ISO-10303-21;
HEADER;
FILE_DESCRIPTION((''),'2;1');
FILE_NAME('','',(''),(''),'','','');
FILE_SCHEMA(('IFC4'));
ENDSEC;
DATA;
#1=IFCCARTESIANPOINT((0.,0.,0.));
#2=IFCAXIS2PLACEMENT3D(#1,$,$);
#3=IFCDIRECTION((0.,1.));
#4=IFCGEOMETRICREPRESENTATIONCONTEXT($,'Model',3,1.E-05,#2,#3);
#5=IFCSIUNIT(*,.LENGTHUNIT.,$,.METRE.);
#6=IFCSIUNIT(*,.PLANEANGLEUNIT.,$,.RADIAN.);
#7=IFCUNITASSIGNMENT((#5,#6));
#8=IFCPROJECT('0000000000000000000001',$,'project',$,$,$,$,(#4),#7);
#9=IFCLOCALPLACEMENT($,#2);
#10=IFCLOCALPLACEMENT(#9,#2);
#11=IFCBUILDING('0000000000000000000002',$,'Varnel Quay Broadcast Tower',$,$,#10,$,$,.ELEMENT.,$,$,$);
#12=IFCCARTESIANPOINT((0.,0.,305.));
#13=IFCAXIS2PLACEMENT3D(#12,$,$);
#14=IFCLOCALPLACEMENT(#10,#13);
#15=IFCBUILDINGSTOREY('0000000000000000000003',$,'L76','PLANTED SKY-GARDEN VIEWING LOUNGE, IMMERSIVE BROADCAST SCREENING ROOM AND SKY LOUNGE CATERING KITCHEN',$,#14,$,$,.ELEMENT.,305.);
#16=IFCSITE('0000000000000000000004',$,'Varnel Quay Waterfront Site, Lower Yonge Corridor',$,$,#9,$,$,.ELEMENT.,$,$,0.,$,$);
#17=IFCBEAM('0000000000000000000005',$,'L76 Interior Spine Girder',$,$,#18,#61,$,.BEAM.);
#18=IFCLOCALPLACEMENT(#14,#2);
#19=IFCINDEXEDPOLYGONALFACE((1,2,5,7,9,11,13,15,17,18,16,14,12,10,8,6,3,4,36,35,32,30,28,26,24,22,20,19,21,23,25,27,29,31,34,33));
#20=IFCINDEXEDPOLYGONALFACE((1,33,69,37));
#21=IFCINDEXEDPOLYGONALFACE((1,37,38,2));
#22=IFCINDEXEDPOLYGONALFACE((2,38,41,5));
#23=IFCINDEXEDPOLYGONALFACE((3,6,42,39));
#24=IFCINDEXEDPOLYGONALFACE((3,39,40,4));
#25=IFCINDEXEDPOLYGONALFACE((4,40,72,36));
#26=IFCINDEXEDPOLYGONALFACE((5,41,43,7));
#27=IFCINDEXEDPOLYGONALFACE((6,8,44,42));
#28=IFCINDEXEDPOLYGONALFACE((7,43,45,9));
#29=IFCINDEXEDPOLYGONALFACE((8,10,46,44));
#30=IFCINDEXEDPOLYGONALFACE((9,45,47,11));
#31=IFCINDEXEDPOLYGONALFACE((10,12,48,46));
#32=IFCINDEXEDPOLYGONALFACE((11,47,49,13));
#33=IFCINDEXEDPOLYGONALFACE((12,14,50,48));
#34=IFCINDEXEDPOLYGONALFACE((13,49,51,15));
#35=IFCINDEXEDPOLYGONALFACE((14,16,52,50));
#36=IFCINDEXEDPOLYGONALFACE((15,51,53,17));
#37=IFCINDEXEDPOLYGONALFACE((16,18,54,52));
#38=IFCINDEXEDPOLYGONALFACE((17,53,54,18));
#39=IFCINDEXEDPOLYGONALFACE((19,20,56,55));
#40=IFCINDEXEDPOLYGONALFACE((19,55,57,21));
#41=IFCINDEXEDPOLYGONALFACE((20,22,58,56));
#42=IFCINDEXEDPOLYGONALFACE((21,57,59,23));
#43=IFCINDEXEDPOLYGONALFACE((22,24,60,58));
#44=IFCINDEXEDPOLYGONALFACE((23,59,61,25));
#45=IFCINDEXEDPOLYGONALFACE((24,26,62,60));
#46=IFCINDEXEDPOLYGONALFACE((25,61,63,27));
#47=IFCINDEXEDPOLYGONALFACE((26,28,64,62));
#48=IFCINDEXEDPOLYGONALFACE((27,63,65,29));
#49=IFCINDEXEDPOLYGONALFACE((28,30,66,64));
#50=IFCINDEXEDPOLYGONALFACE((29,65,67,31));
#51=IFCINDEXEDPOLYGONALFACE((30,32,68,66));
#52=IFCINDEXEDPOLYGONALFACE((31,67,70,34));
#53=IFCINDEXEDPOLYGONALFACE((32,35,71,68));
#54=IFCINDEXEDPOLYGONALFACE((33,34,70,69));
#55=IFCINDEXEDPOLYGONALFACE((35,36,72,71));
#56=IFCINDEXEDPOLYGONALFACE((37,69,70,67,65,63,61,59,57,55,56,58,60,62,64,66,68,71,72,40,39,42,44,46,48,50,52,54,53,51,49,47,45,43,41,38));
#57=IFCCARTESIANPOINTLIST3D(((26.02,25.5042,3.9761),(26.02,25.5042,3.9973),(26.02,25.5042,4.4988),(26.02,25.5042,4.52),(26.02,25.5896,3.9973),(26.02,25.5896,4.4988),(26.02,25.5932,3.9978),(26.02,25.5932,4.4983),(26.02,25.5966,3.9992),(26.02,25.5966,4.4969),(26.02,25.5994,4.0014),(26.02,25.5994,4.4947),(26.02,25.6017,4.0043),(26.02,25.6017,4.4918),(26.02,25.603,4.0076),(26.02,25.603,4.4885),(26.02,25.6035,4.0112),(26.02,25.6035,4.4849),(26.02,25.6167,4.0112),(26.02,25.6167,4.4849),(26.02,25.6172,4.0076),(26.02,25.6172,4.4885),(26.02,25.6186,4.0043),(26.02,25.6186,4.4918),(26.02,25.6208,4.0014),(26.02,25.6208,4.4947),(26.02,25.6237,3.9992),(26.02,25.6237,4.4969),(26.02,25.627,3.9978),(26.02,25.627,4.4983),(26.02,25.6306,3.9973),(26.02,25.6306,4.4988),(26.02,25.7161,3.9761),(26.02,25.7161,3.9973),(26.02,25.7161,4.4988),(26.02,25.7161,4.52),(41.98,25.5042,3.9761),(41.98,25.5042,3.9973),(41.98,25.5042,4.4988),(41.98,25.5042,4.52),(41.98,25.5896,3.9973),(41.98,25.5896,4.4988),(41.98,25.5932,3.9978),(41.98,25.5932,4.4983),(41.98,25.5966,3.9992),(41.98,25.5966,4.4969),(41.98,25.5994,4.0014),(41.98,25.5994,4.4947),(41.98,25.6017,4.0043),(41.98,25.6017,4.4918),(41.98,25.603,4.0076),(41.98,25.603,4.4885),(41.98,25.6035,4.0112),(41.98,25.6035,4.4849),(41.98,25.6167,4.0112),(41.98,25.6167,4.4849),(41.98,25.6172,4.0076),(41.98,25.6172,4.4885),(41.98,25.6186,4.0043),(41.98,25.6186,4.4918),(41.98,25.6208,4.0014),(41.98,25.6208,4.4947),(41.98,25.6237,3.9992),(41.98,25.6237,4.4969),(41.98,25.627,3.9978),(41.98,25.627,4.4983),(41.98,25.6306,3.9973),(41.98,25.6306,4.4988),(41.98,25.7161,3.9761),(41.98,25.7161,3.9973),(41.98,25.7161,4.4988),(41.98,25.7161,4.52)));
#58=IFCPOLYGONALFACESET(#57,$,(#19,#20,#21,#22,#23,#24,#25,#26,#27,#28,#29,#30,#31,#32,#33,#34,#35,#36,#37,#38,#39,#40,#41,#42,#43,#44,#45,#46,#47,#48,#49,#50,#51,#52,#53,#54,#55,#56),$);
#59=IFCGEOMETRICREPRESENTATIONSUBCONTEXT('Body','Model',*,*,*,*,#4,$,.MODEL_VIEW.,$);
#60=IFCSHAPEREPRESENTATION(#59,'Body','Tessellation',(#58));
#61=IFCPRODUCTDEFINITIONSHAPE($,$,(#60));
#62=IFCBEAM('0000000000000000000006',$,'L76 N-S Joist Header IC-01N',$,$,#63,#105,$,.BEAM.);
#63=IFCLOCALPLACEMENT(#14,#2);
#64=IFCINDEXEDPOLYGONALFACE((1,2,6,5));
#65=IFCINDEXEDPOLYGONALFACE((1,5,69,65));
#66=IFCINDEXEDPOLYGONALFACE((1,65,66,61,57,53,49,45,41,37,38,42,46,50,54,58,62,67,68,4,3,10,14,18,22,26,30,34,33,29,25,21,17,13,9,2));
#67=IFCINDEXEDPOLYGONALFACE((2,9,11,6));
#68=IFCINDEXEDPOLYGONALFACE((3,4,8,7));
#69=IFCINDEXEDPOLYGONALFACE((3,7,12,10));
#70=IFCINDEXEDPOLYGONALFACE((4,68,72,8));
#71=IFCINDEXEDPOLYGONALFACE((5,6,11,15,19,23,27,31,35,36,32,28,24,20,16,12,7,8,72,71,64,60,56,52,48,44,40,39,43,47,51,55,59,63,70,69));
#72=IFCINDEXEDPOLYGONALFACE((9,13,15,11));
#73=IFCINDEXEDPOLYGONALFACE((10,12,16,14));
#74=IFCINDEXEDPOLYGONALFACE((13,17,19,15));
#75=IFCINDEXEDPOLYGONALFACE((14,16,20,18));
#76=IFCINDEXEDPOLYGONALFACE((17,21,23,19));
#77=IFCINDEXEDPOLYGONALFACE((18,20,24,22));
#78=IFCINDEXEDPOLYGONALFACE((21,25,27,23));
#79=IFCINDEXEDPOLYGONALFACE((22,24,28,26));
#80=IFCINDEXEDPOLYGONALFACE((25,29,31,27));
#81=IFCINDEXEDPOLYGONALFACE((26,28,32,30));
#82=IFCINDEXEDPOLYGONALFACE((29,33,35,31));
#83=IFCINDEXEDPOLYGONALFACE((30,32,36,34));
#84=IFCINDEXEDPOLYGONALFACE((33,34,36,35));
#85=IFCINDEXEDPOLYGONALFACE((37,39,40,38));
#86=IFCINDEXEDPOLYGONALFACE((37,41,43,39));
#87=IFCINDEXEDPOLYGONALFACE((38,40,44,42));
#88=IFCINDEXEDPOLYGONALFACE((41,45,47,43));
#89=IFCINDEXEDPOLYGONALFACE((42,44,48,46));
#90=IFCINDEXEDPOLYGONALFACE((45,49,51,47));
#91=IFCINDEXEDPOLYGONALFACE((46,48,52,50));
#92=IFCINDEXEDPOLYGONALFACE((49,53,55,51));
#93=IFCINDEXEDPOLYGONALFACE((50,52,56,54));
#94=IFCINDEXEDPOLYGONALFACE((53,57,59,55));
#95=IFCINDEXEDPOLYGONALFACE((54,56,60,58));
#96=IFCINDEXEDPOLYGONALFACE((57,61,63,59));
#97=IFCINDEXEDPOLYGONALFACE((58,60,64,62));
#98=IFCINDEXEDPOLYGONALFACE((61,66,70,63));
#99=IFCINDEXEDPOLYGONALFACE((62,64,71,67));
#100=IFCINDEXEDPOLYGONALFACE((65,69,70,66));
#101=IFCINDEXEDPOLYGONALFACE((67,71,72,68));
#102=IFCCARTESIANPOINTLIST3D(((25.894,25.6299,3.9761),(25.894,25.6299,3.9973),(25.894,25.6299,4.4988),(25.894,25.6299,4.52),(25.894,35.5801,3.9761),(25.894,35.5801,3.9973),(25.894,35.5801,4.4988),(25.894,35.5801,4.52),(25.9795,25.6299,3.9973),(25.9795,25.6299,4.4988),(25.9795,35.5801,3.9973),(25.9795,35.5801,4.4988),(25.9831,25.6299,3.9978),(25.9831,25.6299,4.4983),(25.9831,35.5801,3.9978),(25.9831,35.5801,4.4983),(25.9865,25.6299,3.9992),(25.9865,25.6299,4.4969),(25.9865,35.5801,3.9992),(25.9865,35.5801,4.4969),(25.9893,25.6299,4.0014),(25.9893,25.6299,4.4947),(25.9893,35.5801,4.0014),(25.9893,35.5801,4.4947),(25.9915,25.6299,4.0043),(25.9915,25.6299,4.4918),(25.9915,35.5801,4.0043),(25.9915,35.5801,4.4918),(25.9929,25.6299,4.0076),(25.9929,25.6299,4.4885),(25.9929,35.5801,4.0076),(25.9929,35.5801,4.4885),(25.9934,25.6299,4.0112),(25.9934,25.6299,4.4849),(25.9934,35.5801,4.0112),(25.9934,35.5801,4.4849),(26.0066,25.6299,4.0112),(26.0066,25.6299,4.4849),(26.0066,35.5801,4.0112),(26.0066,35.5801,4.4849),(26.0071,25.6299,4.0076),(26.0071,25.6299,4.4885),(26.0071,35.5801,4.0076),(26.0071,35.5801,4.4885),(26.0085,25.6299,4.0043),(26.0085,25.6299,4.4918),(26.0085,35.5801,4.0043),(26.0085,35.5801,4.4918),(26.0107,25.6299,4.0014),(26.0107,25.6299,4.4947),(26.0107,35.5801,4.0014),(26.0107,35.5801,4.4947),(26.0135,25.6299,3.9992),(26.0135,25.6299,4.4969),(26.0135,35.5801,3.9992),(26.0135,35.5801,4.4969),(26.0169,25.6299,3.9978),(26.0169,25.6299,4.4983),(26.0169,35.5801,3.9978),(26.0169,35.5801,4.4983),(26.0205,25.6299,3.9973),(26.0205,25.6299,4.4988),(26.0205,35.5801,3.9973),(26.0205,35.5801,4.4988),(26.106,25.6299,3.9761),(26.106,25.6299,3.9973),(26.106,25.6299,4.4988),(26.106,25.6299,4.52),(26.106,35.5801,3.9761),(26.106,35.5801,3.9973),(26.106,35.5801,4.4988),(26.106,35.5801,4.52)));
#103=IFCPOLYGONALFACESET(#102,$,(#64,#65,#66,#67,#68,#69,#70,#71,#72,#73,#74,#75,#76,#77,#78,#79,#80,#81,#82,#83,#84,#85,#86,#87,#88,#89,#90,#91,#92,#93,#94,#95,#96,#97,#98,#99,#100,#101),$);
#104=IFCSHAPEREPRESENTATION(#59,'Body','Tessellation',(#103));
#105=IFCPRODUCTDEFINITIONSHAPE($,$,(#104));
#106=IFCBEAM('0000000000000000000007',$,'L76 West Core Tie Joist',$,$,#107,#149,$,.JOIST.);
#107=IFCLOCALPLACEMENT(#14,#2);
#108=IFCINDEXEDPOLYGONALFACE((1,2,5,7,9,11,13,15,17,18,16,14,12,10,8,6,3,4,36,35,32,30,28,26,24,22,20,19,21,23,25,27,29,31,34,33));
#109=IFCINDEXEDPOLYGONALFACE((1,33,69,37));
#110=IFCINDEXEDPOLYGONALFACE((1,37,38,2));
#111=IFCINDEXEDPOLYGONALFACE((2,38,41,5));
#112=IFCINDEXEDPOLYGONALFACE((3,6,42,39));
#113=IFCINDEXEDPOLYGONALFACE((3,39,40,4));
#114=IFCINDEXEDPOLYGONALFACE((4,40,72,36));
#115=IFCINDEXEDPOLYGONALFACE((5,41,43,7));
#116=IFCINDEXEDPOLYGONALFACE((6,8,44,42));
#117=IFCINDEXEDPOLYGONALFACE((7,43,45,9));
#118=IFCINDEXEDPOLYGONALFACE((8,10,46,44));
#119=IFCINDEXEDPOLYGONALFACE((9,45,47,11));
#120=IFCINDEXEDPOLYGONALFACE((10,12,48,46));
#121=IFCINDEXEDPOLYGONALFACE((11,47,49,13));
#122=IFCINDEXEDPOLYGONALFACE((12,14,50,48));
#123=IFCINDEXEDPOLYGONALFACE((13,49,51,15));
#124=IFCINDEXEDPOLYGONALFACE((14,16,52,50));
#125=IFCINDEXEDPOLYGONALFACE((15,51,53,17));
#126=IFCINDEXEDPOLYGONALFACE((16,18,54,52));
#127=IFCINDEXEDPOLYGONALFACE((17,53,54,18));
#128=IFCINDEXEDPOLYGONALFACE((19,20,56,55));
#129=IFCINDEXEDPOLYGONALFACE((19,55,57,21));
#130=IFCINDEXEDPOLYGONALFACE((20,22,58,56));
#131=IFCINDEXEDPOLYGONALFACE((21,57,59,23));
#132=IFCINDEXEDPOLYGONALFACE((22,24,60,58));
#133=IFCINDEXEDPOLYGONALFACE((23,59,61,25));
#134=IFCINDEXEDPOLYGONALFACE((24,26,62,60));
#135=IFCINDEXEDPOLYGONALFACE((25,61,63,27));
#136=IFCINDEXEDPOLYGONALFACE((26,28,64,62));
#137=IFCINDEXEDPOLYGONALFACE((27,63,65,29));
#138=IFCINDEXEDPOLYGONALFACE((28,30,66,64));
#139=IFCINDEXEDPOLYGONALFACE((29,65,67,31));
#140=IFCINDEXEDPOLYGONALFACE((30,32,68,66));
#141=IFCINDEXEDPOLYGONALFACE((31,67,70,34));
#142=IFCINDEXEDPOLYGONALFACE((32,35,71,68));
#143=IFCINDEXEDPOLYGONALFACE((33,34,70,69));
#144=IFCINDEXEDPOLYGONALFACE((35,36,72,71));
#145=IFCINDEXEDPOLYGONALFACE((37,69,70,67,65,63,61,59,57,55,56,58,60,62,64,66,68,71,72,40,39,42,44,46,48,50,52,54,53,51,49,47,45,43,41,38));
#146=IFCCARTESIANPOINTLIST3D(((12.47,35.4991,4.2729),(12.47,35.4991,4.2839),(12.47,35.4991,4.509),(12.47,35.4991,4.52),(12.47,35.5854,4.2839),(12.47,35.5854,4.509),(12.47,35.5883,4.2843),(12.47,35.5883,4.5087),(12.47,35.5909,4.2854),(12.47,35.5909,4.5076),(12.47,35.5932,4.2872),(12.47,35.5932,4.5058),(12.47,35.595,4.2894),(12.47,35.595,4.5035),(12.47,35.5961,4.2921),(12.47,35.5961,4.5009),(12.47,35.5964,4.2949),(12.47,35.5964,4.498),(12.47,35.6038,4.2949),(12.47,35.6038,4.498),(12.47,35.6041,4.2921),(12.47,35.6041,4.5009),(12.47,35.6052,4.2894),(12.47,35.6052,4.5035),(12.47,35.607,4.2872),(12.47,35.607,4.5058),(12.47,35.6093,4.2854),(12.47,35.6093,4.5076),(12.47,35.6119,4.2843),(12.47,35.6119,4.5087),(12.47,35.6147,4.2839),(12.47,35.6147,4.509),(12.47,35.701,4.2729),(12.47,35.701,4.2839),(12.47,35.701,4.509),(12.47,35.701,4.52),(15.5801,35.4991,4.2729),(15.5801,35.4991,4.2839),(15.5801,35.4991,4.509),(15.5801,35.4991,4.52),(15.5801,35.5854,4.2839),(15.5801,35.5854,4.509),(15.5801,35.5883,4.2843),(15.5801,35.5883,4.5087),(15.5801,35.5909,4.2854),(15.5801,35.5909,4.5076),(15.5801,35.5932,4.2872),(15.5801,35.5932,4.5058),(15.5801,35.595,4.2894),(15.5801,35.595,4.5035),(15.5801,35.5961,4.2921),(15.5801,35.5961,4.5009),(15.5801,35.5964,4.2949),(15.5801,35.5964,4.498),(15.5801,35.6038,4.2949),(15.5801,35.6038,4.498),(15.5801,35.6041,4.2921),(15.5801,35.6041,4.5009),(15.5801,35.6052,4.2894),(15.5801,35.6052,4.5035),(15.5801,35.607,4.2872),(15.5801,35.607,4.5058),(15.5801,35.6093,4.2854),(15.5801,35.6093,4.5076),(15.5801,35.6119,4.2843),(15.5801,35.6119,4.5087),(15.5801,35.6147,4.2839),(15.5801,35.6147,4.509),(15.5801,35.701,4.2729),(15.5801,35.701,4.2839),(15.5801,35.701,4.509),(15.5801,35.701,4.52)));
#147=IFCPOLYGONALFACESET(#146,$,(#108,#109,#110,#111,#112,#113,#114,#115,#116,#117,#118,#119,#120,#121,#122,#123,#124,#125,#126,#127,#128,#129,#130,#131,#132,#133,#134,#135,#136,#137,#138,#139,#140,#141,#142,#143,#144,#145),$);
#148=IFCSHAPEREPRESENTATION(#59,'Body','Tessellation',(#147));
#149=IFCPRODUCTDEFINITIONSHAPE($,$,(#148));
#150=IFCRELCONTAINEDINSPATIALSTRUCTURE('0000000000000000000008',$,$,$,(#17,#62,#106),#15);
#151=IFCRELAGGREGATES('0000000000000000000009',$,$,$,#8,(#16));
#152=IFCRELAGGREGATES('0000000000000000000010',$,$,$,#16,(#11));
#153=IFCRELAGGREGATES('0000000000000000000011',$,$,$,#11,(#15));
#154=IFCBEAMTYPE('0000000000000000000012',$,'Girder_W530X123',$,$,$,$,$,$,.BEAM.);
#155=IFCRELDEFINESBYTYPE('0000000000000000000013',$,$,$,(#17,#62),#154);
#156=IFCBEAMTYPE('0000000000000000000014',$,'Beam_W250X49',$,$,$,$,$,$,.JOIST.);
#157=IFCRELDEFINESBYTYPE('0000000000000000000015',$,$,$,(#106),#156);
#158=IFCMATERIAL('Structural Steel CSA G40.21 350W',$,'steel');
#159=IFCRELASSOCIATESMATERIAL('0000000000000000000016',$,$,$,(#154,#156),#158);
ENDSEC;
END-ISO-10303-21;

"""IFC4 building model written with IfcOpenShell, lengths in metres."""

from ifc_helpers import new_model, si_unit, direction, frame, origin, origin_2d, place, context, subcontext, project, spatial, i_section, extrude, source, transform, mapped, material, material_profile, profile_set, type_object, type_shapes, element, save


model = new_model("IFC4")

# Units and contexts
model_context = context("Model", 3, precision=1e-05, world=origin(), true_north=direction((0.0, 1.0)))
body_context = subcontext(model_context, "Body", "Model", "MODEL_VIEW")
ifc_project = project(units=[si_unit("LENGTHUNIT", "METRE"), si_unit("PLANEANGLEUNIT", "RADIAN")], contexts=[model_context])

# Site, building, storey
site_placement = place(None, origin())
site = spatial("IfcSite", under=ifc_project, at=site_placement, Name="Varnel Quay Waterfront Site, Lower Yonge Corridor", CompositionType="ELEMENT", RefElevation=0.0)
building_placement = place(site_placement, origin())
building = spatial("IfcBuilding", under=site, at=building_placement, Name="Varnel Quay Broadcast Tower", CompositionType="ELEMENT")
storey_placement = place(building_placement, frame((0.0, 0.0, 305.0)))
storey = spatial("IfcBuildingStorey", under=building, at=storey_placement, Name="L76", Description="PLANTED SKY-GARDEN VIEWING LOUNGE, IMMERSIVE BROADCAST SCREENING ROOM AND SKY LOUNGE CATERING KITCHEN", CompositionType="ELEMENT", Elevation=305.0)

# Shared definitions
ifc_material_1 = material(Name="Structural Steel CSA G40.21 350W", Category="steel")

# Beams
ifc_material_profile_1 = material_profile(ifc_material_1, i_section(OverallWidth=0.2119, OverallDepth=0.5439, WebThickness=0.0132, FlangeThickness=0.0212, FilletRadius=0.0139, at=origin_2d()), Name="W530X123")
ifc_profile_set_1 = profile_set([ifc_material_profile_1], Name="Structural Steel CSA G40.21 350W")
beam_type_1 = type_object("IfcBeamType", Name="Girder_W530X123", PredefinedType="BEAM", material=ifc_profile_set_1)
shared_shape_1 = source(origin(), body_context, "Body", "SweptSolid", [
    extrude(i_section(OverallWidth=0.2119, OverallDepth=0.5439, WebThickness=0.0132, FlangeThickness=0.0212, FilletRadius=0.0139, at=origin_2d()), origin(), (0.0, 0.0, 1.0), 15.96),
])
beam_1_placement = place(storey_placement, frame((26.02, 25.6101, 4.248), z_axis=(1.0, 0.0, 0.0), x_axis=(0.0, 1.0, 0.0)))
element("IfcBeam", 1, at=beam_1_placement, inside=storey, type_object=beam_type_1, Name="L76 Interior Spine Girder", PredefinedType="BEAM", context=body_context, shape_type="MappedRepresentation", body=[
    mapped(shared_shape_1, transform((0.0, 0.0, 0.0), x_axis=(1.0, 0.0, 0.0), y_axis=(0.0, 1.0, 0.0), z_axis=(0.0, 0.0, 1.0), scale=1.0)),
])
shared_shape_2 = source(origin(), body_context, "Body", "SweptSolid", [
    extrude(i_section(OverallWidth=0.2119, OverallDepth=0.5439, WebThickness=0.0132, FlangeThickness=0.0212, FilletRadius=0.0139, at=origin_2d()), origin(), (0.0, 0.0, 1.0), 9.9502),
])
beam_2_placement = place(storey_placement, frame((26.0, 25.6299, 4.248), z_axis=(0.0, 1.0, 0.0), x_axis=(-1.0, 0.0, 0.0)))
element("IfcBeam", 2, at=beam_2_placement, inside=storey, type_object=beam_type_1, Name="L76 N-S Joist Header IC-01N", PredefinedType="BEAM", context=body_context, shape_type="MappedRepresentation", body=[
    mapped(shared_shape_2, transform((0.0, 0.0, 0.0), x_axis=(1.0, 0.0, 0.0), y_axis=(0.0, 1.0, 0.0), z_axis=(0.0, 0.0, 1.0), scale=1.0)),
])
ifc_material_profile_2 = material_profile(ifc_material_1, i_section(OverallWidth=0.2019, OverallDepth=0.2471, WebThickness=0.0073, FlangeThickness=0.011, FilletRadius=0.011, at=origin_2d()), Name="W250X49")
ifc_profile_set_2 = profile_set([ifc_material_profile_2], Name="Structural Steel CSA G40.21 350W")
beam_type_2 = type_object("IfcBeamType", Name="Beam_W250X49", PredefinedType="JOIST", material=ifc_profile_set_2)
shared_shape_3 = source(origin(), body_context, "Body", "SweptSolid", [
    extrude(i_section(OverallWidth=0.2019, OverallDepth=0.2471, WebThickness=0.0073, FlangeThickness=0.011, FilletRadius=0.011, at=origin_2d()), origin(), (0.0, 0.0, 1.0), 3.1101),
])
type_shapes(beam_type_2, [shared_shape_3])
beam_3_placement = place(storey_placement, frame((12.47, 35.6001, 4.3965), z_axis=(1.0, 0.0, 0.0), x_axis=(0.0, 1.0, 0.0)))
element("IfcBeam", 3, at=beam_3_placement, inside=storey, type_object=beam_type_2, Name="L76 West Core Tie Joist", PredefinedType="JOIST", context=body_context, shape_type="MappedRepresentation", body=[
    mapped(shared_shape_3, transform((0.0, 0.0, 0.0), x_axis=(1.0, 0.0, 0.0), y_axis=(0.0, 1.0, 0.0), z_axis=(0.0, 0.0, 1.0), scale=1.0)),
])

save(model, "model.ifc")
